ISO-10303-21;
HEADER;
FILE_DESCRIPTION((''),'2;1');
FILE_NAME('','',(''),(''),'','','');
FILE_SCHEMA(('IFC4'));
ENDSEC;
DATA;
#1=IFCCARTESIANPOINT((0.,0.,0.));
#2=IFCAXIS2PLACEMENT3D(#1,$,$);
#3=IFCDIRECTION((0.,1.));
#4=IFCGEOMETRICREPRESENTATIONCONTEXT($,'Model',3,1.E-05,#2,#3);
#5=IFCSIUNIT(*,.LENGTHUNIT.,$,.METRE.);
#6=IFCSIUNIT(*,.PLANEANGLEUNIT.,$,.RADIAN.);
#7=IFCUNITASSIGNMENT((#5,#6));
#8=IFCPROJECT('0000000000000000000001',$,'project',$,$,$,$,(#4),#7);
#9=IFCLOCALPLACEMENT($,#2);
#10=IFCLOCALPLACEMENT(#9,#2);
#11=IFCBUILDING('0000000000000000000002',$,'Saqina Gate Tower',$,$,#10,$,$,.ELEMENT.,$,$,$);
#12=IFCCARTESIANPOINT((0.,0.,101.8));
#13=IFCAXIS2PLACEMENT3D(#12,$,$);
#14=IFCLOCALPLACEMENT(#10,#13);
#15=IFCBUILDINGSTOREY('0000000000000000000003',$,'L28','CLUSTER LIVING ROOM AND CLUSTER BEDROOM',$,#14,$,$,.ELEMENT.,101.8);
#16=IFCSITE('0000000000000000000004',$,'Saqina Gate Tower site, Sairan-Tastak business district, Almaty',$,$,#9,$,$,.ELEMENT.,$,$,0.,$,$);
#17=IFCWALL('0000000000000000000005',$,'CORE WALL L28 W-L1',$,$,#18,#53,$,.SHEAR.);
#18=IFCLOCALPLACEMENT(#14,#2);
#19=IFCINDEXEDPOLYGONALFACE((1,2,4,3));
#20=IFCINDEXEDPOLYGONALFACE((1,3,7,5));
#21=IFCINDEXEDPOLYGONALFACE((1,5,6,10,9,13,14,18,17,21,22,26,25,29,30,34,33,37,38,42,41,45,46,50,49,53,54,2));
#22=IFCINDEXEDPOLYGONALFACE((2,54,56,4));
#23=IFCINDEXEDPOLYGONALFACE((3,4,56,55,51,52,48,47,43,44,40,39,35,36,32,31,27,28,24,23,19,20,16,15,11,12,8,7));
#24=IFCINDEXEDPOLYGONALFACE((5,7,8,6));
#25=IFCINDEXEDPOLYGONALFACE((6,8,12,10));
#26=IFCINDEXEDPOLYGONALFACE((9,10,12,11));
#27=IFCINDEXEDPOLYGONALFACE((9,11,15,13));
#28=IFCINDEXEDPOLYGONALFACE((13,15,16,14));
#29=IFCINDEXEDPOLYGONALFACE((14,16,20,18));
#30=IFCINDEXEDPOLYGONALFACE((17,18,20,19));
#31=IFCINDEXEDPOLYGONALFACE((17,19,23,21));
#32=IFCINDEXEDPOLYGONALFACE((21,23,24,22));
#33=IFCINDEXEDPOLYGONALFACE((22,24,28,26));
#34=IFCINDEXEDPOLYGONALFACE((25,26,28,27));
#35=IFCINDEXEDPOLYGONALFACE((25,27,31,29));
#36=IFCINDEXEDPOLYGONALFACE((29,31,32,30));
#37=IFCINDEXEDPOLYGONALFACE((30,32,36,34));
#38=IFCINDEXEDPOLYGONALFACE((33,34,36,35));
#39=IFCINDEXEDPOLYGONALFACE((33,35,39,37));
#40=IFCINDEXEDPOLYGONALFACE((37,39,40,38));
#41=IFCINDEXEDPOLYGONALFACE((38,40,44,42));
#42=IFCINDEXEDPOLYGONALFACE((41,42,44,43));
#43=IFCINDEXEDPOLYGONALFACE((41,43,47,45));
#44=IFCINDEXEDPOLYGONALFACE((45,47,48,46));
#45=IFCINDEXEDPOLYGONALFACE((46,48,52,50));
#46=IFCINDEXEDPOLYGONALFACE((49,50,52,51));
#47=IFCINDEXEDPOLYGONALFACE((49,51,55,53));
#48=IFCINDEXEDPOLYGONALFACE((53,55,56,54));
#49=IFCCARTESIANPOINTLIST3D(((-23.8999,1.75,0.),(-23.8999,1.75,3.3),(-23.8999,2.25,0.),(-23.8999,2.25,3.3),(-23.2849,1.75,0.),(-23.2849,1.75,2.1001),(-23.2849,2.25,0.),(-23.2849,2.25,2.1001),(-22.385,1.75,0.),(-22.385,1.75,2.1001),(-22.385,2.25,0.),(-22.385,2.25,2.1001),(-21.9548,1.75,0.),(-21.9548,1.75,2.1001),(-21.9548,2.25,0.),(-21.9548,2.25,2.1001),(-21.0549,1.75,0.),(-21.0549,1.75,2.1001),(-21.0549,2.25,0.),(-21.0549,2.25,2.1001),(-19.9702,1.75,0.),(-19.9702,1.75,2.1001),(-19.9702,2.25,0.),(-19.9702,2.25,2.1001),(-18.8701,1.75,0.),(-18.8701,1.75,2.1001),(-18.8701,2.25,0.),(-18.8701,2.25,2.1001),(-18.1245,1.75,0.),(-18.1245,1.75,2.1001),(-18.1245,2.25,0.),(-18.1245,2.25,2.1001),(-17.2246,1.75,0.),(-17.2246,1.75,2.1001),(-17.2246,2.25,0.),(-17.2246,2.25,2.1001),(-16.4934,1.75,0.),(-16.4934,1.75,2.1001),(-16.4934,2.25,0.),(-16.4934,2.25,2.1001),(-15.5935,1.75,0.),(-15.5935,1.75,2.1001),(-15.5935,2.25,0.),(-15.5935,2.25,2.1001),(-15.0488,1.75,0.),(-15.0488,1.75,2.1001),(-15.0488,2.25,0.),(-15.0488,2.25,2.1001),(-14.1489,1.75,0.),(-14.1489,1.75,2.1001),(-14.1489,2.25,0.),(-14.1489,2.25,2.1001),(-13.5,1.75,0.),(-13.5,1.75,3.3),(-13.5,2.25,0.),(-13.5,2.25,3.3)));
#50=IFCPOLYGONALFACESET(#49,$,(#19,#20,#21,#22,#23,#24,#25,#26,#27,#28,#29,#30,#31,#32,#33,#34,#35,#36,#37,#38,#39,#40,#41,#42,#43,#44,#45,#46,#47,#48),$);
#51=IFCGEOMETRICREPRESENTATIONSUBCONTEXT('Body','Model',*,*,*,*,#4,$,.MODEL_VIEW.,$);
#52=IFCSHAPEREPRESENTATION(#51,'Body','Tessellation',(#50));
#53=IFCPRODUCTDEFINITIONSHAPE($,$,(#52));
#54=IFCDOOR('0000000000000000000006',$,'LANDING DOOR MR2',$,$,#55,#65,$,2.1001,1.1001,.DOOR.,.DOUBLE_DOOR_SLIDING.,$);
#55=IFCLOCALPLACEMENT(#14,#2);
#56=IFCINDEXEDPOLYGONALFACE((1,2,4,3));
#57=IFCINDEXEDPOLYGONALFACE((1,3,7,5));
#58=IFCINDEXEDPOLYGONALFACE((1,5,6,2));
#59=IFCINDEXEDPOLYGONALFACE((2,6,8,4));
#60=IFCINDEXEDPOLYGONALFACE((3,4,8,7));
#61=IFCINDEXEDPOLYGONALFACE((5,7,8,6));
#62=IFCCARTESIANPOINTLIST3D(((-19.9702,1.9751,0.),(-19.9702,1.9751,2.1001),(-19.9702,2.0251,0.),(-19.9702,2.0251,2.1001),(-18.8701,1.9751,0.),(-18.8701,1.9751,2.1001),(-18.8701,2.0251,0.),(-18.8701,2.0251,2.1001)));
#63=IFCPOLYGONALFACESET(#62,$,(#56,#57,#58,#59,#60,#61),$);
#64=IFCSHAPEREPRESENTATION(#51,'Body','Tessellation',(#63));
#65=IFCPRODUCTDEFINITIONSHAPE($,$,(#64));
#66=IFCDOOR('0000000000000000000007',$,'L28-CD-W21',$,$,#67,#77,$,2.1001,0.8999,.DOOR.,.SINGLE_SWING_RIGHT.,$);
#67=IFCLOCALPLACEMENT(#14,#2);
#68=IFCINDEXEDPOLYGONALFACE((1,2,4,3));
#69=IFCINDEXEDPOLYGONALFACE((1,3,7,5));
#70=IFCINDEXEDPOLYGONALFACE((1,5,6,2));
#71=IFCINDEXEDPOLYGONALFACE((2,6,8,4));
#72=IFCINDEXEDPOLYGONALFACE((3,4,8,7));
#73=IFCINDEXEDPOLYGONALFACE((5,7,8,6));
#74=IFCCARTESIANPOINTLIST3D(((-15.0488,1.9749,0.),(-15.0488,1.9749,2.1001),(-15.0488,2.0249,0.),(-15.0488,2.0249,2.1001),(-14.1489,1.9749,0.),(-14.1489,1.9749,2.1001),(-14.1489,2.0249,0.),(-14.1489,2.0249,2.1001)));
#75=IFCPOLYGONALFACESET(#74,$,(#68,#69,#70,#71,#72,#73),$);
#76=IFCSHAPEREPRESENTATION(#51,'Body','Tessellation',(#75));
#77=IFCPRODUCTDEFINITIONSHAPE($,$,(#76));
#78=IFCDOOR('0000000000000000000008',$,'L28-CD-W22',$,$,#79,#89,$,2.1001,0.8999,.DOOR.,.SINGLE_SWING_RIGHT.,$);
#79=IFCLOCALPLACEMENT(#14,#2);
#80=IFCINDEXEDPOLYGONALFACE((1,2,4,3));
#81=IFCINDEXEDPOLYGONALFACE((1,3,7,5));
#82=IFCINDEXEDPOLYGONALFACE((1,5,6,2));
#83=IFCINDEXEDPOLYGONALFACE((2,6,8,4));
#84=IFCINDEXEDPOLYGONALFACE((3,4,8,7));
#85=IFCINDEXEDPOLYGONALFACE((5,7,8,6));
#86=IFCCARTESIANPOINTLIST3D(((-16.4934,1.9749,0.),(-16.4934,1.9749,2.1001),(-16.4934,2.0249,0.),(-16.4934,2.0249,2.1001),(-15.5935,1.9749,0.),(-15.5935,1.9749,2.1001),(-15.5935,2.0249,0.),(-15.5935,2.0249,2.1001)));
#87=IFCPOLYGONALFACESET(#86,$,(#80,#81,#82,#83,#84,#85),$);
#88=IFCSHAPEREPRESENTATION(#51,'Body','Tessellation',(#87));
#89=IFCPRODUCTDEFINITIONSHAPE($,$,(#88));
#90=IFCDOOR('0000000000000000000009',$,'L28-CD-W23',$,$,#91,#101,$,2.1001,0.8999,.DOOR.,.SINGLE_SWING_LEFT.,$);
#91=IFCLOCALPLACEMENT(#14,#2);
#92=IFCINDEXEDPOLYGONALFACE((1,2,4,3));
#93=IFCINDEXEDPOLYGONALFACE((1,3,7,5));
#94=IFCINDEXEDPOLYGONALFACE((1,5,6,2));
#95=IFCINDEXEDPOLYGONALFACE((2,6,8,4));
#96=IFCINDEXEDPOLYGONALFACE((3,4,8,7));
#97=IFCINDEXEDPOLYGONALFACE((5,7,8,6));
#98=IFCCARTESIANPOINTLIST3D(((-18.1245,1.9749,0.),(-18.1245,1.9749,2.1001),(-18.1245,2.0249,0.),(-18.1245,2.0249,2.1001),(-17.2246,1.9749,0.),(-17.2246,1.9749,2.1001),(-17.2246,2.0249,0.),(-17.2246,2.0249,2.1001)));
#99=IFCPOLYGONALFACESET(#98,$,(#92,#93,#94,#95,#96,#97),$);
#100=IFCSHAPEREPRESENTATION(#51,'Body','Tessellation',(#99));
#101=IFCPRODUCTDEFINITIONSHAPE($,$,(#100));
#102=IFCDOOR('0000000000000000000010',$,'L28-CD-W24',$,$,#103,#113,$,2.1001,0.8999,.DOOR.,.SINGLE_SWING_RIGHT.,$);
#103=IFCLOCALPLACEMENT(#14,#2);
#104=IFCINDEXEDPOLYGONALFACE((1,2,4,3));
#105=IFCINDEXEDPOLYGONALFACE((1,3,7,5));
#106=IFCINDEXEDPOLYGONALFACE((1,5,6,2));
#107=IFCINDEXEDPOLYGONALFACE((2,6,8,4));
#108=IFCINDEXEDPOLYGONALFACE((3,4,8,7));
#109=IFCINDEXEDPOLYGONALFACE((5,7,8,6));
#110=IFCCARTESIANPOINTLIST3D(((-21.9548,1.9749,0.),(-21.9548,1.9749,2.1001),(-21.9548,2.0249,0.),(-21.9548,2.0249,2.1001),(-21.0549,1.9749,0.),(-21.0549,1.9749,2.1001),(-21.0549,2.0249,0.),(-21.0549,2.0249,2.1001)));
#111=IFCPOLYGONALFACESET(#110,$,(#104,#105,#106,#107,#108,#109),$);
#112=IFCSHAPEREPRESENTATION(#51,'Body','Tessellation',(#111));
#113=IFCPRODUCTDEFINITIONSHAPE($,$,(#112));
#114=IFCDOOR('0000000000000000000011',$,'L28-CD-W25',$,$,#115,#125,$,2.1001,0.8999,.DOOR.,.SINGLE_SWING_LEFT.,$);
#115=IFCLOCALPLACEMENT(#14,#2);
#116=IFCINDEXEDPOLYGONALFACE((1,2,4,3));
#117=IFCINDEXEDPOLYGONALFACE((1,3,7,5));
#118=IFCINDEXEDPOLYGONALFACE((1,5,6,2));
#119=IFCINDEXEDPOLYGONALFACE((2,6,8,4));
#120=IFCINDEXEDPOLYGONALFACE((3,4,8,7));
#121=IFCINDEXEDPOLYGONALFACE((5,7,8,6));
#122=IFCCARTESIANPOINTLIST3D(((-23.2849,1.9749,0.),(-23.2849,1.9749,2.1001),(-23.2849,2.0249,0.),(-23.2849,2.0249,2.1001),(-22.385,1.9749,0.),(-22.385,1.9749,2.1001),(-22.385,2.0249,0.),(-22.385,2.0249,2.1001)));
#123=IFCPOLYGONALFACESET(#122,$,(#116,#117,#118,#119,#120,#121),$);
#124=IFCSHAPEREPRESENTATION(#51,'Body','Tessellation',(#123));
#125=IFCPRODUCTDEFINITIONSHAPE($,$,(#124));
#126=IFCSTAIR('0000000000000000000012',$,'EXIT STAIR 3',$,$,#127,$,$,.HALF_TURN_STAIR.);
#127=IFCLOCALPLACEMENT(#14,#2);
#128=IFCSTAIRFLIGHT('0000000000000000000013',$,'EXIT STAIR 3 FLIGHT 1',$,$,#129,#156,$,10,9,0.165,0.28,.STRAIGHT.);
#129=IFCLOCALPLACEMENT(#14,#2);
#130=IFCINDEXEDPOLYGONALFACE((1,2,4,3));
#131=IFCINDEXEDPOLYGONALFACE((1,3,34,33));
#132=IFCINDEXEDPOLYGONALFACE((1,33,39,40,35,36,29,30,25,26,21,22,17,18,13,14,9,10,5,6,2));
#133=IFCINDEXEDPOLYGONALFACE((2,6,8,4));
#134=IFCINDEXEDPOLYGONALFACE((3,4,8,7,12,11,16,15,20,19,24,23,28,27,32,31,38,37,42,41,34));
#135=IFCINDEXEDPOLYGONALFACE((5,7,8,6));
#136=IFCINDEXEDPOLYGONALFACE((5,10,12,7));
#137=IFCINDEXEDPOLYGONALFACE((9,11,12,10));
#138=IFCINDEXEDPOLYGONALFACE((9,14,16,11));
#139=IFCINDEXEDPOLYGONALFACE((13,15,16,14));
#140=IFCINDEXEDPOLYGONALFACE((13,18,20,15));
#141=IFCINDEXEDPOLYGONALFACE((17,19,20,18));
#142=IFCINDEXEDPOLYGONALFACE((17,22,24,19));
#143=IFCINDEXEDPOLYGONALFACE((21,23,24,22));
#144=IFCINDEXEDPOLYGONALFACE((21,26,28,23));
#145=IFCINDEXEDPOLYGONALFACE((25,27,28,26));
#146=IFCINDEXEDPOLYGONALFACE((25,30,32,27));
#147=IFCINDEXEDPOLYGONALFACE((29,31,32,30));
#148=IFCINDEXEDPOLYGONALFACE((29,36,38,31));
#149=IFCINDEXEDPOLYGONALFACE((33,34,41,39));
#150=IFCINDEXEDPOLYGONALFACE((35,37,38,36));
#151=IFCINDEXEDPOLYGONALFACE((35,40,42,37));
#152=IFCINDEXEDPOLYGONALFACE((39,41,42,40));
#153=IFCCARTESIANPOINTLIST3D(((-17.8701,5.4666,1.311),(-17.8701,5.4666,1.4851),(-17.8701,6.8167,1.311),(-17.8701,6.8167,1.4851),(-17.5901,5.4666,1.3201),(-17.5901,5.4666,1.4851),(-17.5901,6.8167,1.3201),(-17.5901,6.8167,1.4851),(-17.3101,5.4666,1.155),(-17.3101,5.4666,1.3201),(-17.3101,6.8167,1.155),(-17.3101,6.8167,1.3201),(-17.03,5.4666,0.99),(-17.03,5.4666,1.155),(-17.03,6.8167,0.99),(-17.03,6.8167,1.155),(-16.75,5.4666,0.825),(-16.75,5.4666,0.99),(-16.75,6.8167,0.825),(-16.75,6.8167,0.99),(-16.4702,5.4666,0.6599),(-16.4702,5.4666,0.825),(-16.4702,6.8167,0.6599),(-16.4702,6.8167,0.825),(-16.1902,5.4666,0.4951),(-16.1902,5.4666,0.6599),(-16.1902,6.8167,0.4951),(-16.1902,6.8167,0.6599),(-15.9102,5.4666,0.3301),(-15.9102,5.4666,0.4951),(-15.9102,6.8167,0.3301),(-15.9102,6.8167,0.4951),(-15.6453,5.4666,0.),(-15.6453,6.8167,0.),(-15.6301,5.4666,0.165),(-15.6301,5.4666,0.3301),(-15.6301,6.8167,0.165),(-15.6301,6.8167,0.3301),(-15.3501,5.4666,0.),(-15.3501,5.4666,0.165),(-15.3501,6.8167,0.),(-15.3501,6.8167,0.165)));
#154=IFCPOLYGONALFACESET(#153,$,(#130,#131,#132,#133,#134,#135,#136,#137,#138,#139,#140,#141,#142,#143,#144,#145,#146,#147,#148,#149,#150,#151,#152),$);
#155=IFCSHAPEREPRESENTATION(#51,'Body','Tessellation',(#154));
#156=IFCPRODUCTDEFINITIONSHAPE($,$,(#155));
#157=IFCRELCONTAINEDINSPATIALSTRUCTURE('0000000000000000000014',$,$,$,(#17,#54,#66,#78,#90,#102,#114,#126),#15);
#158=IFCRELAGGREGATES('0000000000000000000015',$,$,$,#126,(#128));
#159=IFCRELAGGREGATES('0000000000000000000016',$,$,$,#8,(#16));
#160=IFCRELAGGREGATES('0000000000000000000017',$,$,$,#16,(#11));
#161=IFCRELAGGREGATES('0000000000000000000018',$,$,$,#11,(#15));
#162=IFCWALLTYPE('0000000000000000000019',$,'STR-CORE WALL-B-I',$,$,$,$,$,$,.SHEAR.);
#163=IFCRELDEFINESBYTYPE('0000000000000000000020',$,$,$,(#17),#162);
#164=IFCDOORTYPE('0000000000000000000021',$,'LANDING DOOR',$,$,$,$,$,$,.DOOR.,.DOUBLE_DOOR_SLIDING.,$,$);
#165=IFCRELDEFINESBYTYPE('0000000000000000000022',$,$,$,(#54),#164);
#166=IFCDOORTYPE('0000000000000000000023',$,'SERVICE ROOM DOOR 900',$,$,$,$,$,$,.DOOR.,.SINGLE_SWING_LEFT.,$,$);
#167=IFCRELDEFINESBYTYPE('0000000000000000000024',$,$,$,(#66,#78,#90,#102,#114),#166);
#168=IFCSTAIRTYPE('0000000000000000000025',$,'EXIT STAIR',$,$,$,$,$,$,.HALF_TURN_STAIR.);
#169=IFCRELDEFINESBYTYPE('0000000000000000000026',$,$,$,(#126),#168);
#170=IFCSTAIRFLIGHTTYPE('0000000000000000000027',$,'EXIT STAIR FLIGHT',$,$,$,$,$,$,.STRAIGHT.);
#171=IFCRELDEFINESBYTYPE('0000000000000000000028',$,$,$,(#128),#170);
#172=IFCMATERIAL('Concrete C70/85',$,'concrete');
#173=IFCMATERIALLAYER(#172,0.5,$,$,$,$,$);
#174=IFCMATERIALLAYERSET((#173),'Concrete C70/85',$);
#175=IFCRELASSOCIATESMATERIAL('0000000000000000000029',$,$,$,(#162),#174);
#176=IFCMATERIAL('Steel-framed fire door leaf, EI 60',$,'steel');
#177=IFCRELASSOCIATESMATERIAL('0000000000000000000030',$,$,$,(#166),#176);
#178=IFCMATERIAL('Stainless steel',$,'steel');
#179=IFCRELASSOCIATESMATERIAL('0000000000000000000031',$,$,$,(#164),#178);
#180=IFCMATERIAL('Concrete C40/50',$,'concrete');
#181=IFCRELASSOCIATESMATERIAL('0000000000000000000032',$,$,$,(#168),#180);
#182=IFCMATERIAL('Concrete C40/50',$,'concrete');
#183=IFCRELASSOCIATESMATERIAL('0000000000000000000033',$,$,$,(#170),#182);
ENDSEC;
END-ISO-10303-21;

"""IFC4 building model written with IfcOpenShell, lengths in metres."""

from ifc_helpers import new_model, si_unit, direction, frame, frame_2d, origin, place, context, subcontext, project, spatial, polyline, rectangle, outline, extrude, material, layer, layer_set, type_object, element, fill, aggregate, save


model = new_model("IFC4")

# Units and contexts
model_context = context("Model", 3, precision=1e-05, world=origin(), true_north=direction((0.0, 1.0)))
body_context = subcontext(model_context, "Body", "Model", "MODEL_VIEW")
ifc_project = project(units=[si_unit("LENGTHUNIT", "METRE"), si_unit("PLANEANGLEUNIT", "RADIAN")], contexts=[model_context])

# Site, building, storey
site_placement = place(None, origin())
site = spatial("IfcSite", under=ifc_project, at=site_placement, Name="Saqina Gate Tower site, Sairan-Tastak business district, Almaty", CompositionType="ELEMENT", RefElevation=0.0)
building_placement = place(site_placement, origin())
building = spatial("IfcBuilding", under=site, at=building_placement, Name="Saqina Gate Tower", CompositionType="ELEMENT")
storey_placement = place(building_placement, frame((0.0, 0.0, 101.8)))
storey = spatial("IfcBuildingStorey", under=building, at=storey_placement, Name="L28", Description="CLUSTER LIVING ROOM AND CLUSTER BEDROOM", CompositionType="ELEMENT", Elevation=101.8)

# Shared definitions
ifc_material_1 = material(Name="Concrete C70/85", Category="concrete")
ifc_layer_1 = layer(ifc_material_1, 0.5)
ifc_layer_set_1 = layer_set([ifc_layer_1], Name="Concrete C70/85")
wall_type_1 = type_object("IfcWallType", Name="STR-CORE WALL-B-I", PredefinedType="SHEAR", material=ifc_layer_set_1)
ifc_material_2 = material(Name="Steel-framed fire door leaf, EI 60", Category="steel")
door_type_1 = type_object("IfcDoorType", Name="SERVICE ROOM DOOR 900", OperationType="SINGLE_SWING_LEFT", PredefinedType="DOOR", material=ifc_material_2)

# Wall, openings, doors
wall_1_placement = place(storey_placement, frame((-13.5, 2.0, 0.0), z_axis=(0.0, 0.0, 1.0), x_axis=(-1.0, 0.0, 0.0)))
wall_1 = element("IfcWall", 1, at=wall_1_placement, inside=storey, type_object=wall_type_1, Name="CORE WALL L28 W-L1", PredefinedType="SHEAR", context=body_context, shape_type="SweptSolid", body=[
    extrude(rectangle(XDim=10.3999, YDim=0.5, at=frame_2d((5.2, 0.0))), origin(), (0.0, 0.0, 1.0), 3.3),
])
opening_1_placement = place(wall_1_placement, frame((5.3701, 0.0, 0.0)))
opening_1 = element("IfcOpeningElement", 2, at=opening_1_placement, cuts=wall_1, PredefinedType="OPENING", context=body_context, shape_type="SweptSolid", body=[
    extrude(rectangle(XDim=1.1001, YDim=2.1001, at=frame_2d((0.55, 1.05))), frame((0.0, 0.262, 0.0), z_axis=(0.0, -1.0, 0.0), x_axis=(1.0, 0.0, 0.0)), (0.0, 0.0, 1.0), 0.5239),
])
opening_2_placement = place(wall_1_placement, frame((0.6489, 0.0, 0.0)))
opening_2 = element("IfcOpeningElement", 3, at=opening_2_placement, cuts=wall_1, PredefinedType="OPENING", context=body_context, shape_type="SweptSolid", body=[
    extrude(rectangle(XDim=0.8999, YDim=2.1001, at=frame_2d((0.45, 1.05))), frame((0.0, 0.262, 0.0), z_axis=(0.0, -1.0, 0.0), x_axis=(1.0, 0.0, 0.0)), (0.0, 0.0, 1.0), 0.5239),
])
opening_3_placement = place(wall_1_placement, frame((2.0935, 0.0, 0.0)))
opening_3 = element("IfcOpeningElement", 4, at=opening_3_placement, cuts=wall_1, PredefinedType="OPENING", context=body_context, shape_type="SweptSolid", body=[
    extrude(rectangle(XDim=0.8999, YDim=2.1001, at=frame_2d((0.45, 1.05))), frame((0.0, 0.262, 0.0), z_axis=(0.0, -1.0, 0.0), x_axis=(1.0, 0.0, 0.0)), (0.0, 0.0, 1.0), 0.5239),
])
opening_4_placement = place(wall_1_placement, frame((3.7246, 0.0, 0.0)))
opening_4 = element("IfcOpeningElement", 5, at=opening_4_placement, cuts=wall_1, PredefinedType="OPENING", context=body_context, shape_type="SweptSolid", body=[
    extrude(rectangle(XDim=0.8999, YDim=2.1001, at=frame_2d((0.45, 1.05))), frame((0.0, 0.262, 0.0), z_axis=(0.0, -1.0, 0.0), x_axis=(1.0, 0.0, 0.0)), (0.0, 0.0, 1.0), 0.5239),
])
opening_5_placement = place(wall_1_placement, frame((7.5549, 0.0, 0.0)))
opening_5 = element("IfcOpeningElement", 6, at=opening_5_placement, cuts=wall_1, PredefinedType="OPENING", context=body_context, shape_type="SweptSolid", body=[
    extrude(rectangle(XDim=0.8999, YDim=2.1001, at=frame_2d((0.45, 1.05))), frame((0.0, 0.262, 0.0), z_axis=(0.0, -1.0, 0.0), x_axis=(1.0, 0.0, 0.0)), (0.0, 0.0, 1.0), 0.5239),
])
opening_6_placement = place(wall_1_placement, frame((8.885, 0.0, 0.0)))
opening_6 = element("IfcOpeningElement", 7, at=opening_6_placement, cuts=wall_1, PredefinedType="OPENING", context=body_context, shape_type="SweptSolid", body=[
    extrude(rectangle(XDim=0.8999, YDim=2.1001, at=frame_2d((0.45, 1.05))), frame((0.0, 0.262, 0.0), z_axis=(0.0, -1.0, 0.0), x_axis=(1.0, 0.0, 0.0)), (0.0, 0.0, 1.0), 0.5239),
])
ifc_material_3 = material(Name="Stainless steel", Category="steel")
door_type_2 = type_object("IfcDoorType", Name="LANDING DOOR", OperationType="DOUBLE_DOOR_SLIDING", PredefinedType="DOOR", material=ifc_material_3)
door_1_placement = place(opening_1_placement, origin())
door_1 = element("IfcDoor", 8, at=door_1_placement, inside=storey, type_object=door_type_2, Name="LANDING DOOR MR2", OperationType="DOUBLE_DOOR_SLIDING", OverallHeight=2.1001, OverallWidth=1.1001, PredefinedType="DOOR", context=body_context, shape_type="SweptSolid", body=[
    extrude(rectangle(XDim=1.1001, YDim=2.1001, at=frame_2d((0.55, 1.05))), frame((0.0, 0.0249, 0.0), z_axis=(0.0, -1.0, 0.0), x_axis=(1.0, 0.0, 0.0)), (0.0, 0.0, 1.0), 0.05),
])
fill(opening_1, door_1)
door_2_placement = place(opening_2_placement, frame((0.8999, 0.0, 0.0), z_axis=(0.0, 0.0, 1.0), x_axis=(-1.0, 0.0, 0.0)))
door_2 = element("IfcDoor", 9, at=door_2_placement, inside=storey, type_object=door_type_1, Name="L28-CD-W21", OperationType="SINGLE_SWING_RIGHT", OverallHeight=2.1001, OverallWidth=0.8999, PredefinedType="DOOR", context=body_context, shape_type="SweptSolid", body=[
    extrude(rectangle(XDim=0.8999, YDim=2.1001, at=frame_2d((0.45, 1.05))), frame((0.0, 0.0249, 0.0), z_axis=(0.0, -1.0, 0.0), x_axis=(1.0, 0.0, 0.0)), (0.0, 0.0, 1.0), 0.05),
])
fill(opening_2, door_2)
door_3_placement = place(opening_3_placement, frame((0.8999, 0.0, 0.0), z_axis=(0.0, 0.0, 1.0), x_axis=(-1.0, 0.0, 0.0)))
door_3 = element("IfcDoor", 10, at=door_3_placement, inside=storey, type_object=door_type_1, Name="L28-CD-W22", OperationType="SINGLE_SWING_RIGHT", OverallHeight=2.1001, OverallWidth=0.8999, PredefinedType="DOOR", context=body_context, shape_type="SweptSolid", body=[
    extrude(rectangle(XDim=0.8999, YDim=2.1001, at=frame_2d((0.45, 1.05))), frame((0.0, 0.0249, 0.0), z_axis=(0.0, -1.0, 0.0), x_axis=(1.0, 0.0, 0.0)), (0.0, 0.0, 1.0), 0.05),
])
fill(opening_3, door_3)
door_4_placement = place(opening_4_placement, frame((0.8999, 0.0, 0.0), z_axis=(0.0, 0.0, 1.0), x_axis=(-1.0, 0.0, 0.0)))
door_4 = element("IfcDoor", 11, at=door_4_placement, inside=storey, type_object=door_type_1, Name="L28-CD-W23", OperationType="SINGLE_SWING_LEFT", OverallHeight=2.1001, OverallWidth=0.8999, PredefinedType="DOOR", context=body_context, shape_type="SweptSolid", body=[
    extrude(rectangle(XDim=0.8999, YDim=2.1001, at=frame_2d((0.45, 1.05))), frame((0.0, 0.0249, 0.0), z_axis=(0.0, -1.0, 0.0), x_axis=(1.0, 0.0, 0.0)), (0.0, 0.0, 1.0), 0.05),
])
fill(opening_4, door_4)
door_5_placement = place(opening_5_placement, frame((0.8999, 0.0, 0.0), z_axis=(0.0, 0.0, 1.0), x_axis=(-1.0, 0.0, 0.0)))
door_5 = element("IfcDoor", 12, at=door_5_placement, inside=storey, type_object=door_type_1, Name="L28-CD-W24", OperationType="SINGLE_SWING_RIGHT", OverallHeight=2.1001, OverallWidth=0.8999, PredefinedType="DOOR", context=body_context, shape_type="SweptSolid", body=[
    extrude(rectangle(XDim=0.8999, YDim=2.1001, at=frame_2d((0.45, 1.05))), frame((0.0, 0.0249, 0.0), z_axis=(0.0, -1.0, 0.0), x_axis=(1.0, 0.0, 0.0)), (0.0, 0.0, 1.0), 0.05),
])
fill(opening_5, door_5)
door_6_placement = place(opening_6_placement, frame((0.8999, 0.0, 0.0), z_axis=(0.0, 0.0, 1.0), x_axis=(-1.0, 0.0, 0.0)))
door_6 = element("IfcDoor", 13, at=door_6_placement, inside=storey, type_object=door_type_1, Name="L28-CD-W25", OperationType="SINGLE_SWING_LEFT", OverallHeight=2.1001, OverallWidth=0.8999, PredefinedType="DOOR", context=body_context, shape_type="SweptSolid", body=[
    extrude(rectangle(XDim=0.8999, YDim=2.1001, at=frame_2d((0.45, 1.05))), frame((0.0, 0.0249, 0.0), z_axis=(0.0, -1.0, 0.0), x_axis=(1.0, 0.0, 0.0)), (0.0, 0.0, 1.0), 0.05),
])
fill(opening_6, door_6)

# Stair, stair flight
ifc_material_4 = material(Name="Concrete C40/50", Category="concrete")
stair_type = type_object("IfcStairType", Name="EXIT STAIR", PredefinedType="HALF_TURN_STAIR", material=ifc_material_4)
stair_placement = place(storey_placement, origin())
stair = element("IfcStair", 14, at=stair_placement, inside=storey, type_object=stair_type, Name="EXIT STAIR 3", PredefinedType="HALF_TURN_STAIR")
ifc_material_5 = material(Name="Concrete C40/50", Category="concrete")
stair_flight_type = type_object("IfcStairFlightType", Name="EXIT STAIR FLIGHT", PredefinedType="STRAIGHT", material=ifc_material_5)
stair_flight_placement = place(storey_placement, frame((-15.3501, 6.1416, 0.0), z_axis=(0.0, 0.0, 1.0), x_axis=(-1.0, 0.0, 0.0)))
stair_flight = element("IfcStairFlight", 15, at=stair_flight_placement, type_object=stair_flight_type, Name="EXIT STAIR 3 FLIGHT 1", NumberOfRisers=10, NumberOfTreads=9, PredefinedType="STRAIGHT", RiserHeight=0.165, TreadLength=0.28, context=body_context, shape_type="SweptSolid", body=[
    extrude(outline(polyline([(0.0, 0.0), (0.0, 0.165), (0.28, 0.165), (0.28, 0.3301), (0.5601, 0.3301), (0.5601, 0.4951), (0.8401, 0.4951), (0.8401, 0.6599), (1.1201, 0.6599), (1.1201, 0.825), (1.3999, 0.825), (1.3999, 0.99), (1.6799, 0.99), (1.6799, 1.155), (1.96, 1.155), (1.96, 1.3201), (2.24, 1.3201), (2.24, 1.4851), (2.52, 1.4851), (2.52, 1.6499), (2.52, 1.311), (0.2952, 0.0), (0.0, 0.0)])), frame((0.0, 0.675, 0.0), z_axis=(0.0, -1.0, 0.0), x_axis=(1.0, 0.0, 0.0)), (0.0, 0.0, 1.0), 1.3501),
])
aggregate(stair, [stair_flight])

save(model, "model.ifc")
